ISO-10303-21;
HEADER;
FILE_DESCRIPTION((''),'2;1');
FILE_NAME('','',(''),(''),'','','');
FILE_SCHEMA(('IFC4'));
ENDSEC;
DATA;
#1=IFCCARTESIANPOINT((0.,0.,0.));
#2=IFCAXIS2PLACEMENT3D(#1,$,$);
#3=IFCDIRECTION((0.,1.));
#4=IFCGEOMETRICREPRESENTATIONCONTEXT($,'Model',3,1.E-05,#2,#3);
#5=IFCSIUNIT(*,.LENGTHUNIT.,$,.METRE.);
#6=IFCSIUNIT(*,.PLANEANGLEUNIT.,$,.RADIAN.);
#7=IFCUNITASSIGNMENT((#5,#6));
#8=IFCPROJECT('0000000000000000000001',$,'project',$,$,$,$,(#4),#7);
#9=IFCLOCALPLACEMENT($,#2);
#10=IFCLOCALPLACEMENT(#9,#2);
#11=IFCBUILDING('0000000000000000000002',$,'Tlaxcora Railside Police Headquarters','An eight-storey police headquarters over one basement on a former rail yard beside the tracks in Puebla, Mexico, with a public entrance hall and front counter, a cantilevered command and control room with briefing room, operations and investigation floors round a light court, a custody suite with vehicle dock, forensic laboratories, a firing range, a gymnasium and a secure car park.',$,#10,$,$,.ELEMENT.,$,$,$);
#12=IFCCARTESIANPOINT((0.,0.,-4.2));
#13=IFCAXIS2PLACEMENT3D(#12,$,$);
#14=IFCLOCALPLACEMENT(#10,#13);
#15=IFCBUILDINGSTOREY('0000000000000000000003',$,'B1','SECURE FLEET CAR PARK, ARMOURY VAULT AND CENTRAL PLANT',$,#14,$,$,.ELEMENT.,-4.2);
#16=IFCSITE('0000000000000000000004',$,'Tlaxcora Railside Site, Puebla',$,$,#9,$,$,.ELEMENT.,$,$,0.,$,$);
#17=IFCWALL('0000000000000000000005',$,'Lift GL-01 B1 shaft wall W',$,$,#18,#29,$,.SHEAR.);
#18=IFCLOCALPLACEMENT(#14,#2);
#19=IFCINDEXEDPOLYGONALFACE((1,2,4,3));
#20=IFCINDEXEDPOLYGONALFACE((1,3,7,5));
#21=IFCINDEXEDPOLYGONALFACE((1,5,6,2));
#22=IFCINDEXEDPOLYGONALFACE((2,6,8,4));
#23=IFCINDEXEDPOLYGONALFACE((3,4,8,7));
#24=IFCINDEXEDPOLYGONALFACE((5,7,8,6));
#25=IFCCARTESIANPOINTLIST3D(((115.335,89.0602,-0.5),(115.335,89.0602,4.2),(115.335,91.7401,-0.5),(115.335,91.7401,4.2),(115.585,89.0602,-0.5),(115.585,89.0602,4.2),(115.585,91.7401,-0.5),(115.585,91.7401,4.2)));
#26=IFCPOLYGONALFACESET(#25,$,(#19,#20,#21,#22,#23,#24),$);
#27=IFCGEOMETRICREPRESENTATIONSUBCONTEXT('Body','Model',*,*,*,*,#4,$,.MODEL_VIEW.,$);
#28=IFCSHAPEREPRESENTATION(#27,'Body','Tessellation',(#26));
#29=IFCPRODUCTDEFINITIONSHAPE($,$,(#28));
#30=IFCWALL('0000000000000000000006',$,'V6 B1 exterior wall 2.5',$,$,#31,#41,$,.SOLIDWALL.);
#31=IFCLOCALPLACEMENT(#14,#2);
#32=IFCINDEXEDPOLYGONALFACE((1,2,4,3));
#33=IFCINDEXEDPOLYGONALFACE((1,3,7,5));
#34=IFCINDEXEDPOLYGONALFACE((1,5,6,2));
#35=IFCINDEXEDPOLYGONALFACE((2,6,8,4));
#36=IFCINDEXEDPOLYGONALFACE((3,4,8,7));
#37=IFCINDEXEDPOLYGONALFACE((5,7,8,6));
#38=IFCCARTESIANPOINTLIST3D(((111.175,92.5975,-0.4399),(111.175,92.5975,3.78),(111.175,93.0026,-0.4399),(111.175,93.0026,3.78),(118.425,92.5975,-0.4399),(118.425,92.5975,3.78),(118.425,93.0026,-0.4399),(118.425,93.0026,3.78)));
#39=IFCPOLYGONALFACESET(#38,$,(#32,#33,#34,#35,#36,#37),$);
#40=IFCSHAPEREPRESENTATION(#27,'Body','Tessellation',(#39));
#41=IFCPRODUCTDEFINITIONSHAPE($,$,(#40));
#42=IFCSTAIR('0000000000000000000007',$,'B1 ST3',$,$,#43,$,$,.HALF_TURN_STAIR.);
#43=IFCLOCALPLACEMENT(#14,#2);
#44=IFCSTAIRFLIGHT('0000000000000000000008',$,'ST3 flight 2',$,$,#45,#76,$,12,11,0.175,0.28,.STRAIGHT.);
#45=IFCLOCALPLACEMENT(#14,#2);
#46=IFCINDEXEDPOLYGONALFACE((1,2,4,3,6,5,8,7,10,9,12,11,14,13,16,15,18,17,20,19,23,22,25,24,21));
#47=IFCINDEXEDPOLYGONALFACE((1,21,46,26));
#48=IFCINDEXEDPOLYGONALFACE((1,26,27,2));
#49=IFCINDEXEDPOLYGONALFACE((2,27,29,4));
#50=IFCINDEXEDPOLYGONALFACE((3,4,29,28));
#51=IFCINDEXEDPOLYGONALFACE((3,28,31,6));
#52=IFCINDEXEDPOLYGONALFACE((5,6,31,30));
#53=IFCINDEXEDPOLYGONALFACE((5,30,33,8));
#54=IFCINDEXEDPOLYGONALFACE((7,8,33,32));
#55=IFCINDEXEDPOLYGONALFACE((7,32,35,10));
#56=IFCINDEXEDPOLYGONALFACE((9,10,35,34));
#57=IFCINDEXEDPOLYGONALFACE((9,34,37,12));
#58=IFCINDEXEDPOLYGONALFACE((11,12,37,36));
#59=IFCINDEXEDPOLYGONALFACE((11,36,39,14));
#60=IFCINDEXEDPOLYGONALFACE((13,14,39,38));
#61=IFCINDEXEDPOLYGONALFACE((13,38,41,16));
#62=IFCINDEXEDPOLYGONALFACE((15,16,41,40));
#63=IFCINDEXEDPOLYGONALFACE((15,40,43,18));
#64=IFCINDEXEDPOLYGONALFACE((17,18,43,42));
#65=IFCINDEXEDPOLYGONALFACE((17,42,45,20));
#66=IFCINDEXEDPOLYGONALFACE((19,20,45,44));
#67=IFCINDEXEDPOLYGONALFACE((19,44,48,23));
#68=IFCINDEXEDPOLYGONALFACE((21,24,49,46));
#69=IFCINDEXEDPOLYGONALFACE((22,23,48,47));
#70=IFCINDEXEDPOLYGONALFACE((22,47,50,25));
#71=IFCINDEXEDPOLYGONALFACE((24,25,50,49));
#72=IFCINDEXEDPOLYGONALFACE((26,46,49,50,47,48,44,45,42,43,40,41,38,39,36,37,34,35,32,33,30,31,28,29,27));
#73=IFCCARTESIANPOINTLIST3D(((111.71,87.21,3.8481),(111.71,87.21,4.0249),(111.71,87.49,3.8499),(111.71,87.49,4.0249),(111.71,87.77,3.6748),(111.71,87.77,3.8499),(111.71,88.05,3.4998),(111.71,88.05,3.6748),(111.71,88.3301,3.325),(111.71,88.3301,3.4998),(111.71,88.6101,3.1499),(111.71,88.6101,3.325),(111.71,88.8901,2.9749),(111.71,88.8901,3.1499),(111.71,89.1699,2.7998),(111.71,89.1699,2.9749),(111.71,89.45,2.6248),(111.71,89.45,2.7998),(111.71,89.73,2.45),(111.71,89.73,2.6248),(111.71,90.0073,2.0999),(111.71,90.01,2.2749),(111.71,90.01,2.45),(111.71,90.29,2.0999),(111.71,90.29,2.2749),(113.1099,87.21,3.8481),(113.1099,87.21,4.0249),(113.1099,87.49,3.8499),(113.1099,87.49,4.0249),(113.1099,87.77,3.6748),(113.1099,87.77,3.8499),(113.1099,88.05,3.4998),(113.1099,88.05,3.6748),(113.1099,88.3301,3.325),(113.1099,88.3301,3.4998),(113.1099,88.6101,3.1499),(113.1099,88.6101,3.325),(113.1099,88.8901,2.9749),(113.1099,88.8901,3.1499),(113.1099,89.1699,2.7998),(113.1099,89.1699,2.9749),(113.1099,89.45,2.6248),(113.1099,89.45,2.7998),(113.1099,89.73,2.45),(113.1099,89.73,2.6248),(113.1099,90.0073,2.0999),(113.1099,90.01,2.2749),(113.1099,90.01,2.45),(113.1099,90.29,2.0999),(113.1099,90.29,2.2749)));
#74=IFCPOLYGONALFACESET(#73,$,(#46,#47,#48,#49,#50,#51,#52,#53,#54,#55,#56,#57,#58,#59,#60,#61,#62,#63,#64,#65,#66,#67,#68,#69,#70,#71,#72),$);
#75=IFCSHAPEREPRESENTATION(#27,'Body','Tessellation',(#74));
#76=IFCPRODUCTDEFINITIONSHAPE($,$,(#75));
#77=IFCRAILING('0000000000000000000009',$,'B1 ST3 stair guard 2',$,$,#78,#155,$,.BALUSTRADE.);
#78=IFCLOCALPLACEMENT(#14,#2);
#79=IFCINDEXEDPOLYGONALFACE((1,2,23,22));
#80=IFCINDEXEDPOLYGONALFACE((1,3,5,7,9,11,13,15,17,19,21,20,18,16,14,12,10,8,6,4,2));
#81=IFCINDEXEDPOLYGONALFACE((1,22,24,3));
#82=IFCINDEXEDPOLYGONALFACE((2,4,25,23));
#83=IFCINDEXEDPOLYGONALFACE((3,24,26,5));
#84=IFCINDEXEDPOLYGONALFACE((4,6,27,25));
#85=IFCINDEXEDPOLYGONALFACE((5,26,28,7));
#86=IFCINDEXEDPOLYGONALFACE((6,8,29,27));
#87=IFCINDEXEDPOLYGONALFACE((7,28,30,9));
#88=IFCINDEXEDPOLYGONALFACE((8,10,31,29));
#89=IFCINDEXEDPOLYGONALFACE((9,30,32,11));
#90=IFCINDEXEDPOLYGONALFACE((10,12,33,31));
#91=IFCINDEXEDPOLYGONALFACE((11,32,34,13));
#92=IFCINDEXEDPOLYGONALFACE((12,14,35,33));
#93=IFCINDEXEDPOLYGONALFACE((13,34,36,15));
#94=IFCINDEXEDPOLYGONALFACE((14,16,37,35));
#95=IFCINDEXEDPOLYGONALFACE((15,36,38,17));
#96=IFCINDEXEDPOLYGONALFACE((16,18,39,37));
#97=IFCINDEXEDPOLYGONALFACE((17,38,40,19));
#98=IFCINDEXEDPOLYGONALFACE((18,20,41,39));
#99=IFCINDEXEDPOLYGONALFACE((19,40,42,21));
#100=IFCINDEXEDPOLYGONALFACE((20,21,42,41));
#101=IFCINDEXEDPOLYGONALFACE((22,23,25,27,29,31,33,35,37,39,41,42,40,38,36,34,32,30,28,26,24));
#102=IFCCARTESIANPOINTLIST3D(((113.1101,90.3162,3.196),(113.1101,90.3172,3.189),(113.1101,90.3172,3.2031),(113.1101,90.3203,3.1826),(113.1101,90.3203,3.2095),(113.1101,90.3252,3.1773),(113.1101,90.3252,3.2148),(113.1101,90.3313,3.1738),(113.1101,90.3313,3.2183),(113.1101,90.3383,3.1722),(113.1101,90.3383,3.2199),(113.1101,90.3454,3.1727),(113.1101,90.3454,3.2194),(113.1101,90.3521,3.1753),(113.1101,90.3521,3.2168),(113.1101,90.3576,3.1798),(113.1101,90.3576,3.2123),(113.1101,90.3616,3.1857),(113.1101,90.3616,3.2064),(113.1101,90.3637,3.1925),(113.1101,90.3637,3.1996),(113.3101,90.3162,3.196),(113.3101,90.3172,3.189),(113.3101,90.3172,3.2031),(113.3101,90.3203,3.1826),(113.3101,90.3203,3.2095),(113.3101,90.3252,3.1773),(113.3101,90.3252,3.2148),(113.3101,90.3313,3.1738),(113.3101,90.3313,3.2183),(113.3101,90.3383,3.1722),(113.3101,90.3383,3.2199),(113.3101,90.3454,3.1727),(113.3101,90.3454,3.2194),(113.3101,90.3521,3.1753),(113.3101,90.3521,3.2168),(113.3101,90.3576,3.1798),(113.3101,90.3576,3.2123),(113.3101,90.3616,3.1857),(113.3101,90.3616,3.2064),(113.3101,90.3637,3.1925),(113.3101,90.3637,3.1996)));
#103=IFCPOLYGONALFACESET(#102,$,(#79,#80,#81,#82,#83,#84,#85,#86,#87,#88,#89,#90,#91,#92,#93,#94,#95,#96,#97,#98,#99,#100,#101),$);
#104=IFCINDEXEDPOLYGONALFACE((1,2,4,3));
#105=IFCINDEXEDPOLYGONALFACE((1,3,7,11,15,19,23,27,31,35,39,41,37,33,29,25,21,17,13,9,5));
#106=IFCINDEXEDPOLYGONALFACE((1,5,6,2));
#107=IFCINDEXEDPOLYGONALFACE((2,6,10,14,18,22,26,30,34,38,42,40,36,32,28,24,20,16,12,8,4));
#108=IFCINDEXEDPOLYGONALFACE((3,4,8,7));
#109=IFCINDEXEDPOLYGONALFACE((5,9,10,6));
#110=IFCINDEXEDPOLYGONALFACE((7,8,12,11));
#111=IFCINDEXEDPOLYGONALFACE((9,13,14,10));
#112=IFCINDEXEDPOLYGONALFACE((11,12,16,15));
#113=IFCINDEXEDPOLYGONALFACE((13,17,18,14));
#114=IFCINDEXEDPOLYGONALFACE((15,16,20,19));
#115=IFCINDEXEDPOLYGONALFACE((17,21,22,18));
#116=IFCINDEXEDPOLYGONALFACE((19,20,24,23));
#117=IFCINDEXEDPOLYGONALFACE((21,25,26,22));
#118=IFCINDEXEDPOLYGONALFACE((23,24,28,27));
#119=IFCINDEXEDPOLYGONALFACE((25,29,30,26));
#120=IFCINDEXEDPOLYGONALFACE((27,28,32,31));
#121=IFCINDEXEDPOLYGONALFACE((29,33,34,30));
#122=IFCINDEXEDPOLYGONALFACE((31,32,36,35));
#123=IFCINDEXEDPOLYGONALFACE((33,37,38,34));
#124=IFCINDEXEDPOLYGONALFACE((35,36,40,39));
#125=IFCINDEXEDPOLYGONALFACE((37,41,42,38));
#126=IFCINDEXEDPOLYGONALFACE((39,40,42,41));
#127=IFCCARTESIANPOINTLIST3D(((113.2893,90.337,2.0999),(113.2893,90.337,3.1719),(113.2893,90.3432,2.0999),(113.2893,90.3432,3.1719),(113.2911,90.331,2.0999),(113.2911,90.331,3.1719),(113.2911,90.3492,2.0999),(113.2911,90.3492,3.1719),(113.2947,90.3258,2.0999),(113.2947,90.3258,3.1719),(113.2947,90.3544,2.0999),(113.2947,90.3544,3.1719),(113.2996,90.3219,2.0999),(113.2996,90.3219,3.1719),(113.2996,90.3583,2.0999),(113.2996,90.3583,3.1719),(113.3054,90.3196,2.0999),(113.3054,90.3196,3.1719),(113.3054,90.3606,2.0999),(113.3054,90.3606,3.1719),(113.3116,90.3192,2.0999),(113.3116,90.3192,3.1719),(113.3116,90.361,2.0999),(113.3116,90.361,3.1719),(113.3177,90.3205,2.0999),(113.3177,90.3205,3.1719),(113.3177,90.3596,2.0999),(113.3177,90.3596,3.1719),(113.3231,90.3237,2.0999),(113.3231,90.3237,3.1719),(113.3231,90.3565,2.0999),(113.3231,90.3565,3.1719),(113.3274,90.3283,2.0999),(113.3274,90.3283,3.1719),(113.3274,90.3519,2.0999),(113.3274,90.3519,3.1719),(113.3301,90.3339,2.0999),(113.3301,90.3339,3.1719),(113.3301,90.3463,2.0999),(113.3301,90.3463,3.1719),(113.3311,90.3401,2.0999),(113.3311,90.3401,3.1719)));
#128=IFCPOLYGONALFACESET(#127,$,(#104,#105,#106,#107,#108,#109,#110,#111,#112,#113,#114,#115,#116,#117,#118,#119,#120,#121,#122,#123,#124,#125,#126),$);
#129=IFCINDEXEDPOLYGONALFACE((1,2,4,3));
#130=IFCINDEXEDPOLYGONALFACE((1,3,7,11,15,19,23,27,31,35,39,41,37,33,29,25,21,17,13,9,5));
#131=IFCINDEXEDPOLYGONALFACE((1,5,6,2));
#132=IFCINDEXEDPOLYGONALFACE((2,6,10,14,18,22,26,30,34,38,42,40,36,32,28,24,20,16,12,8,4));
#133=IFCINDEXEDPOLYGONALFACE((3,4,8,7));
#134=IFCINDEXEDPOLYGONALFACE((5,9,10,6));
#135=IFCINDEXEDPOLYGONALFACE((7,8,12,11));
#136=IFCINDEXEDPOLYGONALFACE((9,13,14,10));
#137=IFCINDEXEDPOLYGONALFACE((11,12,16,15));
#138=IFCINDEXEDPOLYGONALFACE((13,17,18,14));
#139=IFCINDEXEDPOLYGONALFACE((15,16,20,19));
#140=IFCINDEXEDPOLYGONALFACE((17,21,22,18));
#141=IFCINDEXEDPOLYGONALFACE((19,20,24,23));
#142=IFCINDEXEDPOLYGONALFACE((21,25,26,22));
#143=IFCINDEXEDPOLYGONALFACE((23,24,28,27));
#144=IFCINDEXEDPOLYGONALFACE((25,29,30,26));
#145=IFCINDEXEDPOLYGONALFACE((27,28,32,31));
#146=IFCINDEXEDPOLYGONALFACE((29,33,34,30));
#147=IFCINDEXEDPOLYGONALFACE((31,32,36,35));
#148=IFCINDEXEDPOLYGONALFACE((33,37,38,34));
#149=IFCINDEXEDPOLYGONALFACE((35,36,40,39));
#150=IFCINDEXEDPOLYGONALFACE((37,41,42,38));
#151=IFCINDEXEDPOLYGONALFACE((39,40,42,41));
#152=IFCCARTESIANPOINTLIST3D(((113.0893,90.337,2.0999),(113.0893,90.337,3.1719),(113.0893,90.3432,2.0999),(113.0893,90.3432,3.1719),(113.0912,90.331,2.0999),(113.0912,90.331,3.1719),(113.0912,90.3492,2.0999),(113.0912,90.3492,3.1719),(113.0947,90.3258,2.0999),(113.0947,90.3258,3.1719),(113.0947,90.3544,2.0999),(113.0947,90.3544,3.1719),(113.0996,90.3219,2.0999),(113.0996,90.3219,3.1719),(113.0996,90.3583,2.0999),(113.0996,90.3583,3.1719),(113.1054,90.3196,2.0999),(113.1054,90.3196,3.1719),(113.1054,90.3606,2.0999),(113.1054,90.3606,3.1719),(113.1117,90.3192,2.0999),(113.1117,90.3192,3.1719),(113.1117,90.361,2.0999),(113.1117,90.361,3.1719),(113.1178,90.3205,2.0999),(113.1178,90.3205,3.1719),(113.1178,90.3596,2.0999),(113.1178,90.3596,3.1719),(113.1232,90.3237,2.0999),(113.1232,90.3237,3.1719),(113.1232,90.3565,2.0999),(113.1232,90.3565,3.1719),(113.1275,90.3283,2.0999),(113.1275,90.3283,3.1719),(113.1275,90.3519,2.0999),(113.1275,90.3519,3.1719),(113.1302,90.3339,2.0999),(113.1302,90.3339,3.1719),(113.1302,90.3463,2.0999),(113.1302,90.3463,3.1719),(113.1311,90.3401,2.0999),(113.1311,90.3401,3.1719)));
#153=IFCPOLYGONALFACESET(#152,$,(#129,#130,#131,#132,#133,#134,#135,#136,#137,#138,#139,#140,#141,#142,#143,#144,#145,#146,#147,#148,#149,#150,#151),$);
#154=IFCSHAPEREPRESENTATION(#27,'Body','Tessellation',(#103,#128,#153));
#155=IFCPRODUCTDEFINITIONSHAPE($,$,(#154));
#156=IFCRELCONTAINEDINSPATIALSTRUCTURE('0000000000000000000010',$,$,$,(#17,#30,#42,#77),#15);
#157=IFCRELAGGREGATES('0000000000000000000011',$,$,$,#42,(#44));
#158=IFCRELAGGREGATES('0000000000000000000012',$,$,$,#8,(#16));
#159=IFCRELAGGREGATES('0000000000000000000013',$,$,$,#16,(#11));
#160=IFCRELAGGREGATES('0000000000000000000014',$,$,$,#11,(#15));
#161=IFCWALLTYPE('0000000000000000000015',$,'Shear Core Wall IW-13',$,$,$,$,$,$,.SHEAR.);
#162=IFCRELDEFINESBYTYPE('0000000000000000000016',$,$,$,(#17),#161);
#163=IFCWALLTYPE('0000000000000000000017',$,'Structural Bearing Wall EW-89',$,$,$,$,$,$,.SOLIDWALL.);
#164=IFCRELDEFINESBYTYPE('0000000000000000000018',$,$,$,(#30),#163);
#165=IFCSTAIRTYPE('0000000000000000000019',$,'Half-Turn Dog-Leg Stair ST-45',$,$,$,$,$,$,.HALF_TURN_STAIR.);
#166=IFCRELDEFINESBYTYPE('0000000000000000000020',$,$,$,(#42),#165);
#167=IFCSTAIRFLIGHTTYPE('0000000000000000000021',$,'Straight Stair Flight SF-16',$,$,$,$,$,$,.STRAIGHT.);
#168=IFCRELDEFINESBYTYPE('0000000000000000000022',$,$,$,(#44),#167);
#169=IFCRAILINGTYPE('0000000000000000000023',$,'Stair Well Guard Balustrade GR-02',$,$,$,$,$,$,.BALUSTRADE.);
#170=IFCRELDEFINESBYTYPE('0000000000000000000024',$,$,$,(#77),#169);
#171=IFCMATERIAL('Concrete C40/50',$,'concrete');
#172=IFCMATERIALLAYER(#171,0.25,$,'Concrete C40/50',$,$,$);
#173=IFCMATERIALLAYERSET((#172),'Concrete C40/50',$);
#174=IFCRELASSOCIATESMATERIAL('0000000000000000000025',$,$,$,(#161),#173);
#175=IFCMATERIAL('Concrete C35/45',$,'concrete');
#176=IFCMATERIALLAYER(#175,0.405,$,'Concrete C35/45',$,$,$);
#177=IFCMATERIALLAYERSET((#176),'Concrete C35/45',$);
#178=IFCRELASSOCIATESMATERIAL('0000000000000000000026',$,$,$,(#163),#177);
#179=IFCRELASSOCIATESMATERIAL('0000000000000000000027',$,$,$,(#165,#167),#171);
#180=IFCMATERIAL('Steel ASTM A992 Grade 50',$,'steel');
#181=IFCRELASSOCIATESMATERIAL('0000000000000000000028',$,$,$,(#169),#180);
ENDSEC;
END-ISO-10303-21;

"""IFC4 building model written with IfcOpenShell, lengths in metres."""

from ifc_helpers import new_model, si_unit, direction, frame, frame_2d, origin, origin_2d, place, context, subcontext, project, spatial, polyline, rectangle, circle, outline, extrude, material, layer, layer_set, type_object, element, aggregate, save


model = new_model("IFC4")

# Units and contexts
model_context = context("Model", 3, precision=1e-05, world=origin(), true_north=direction((0.0, 1.0)))
body_context = subcontext(model_context, "Body", "Model", "MODEL_VIEW")
ifc_project = project(units=[si_unit("LENGTHUNIT", "METRE"), si_unit("PLANEANGLEUNIT", "RADIAN")], contexts=[model_context])

# Site, building, storey
site_placement = place(None, origin())
site = spatial("IfcSite", under=ifc_project, at=site_placement, Name="Tlaxcora Railside Site, Puebla", CompositionType="ELEMENT", RefElevation=0.0)
building_placement = place(site_placement, origin())
building = spatial("IfcBuilding", under=site, at=building_placement, Name="Tlaxcora Railside Police Headquarters", Description="An eight-storey police headquarters over one basement on a former rail yard beside the tracks in Puebla, Mexico, with a public entrance hall and front counter, a cantilevered command and control room with briefing room, operations and investigation floors round a light court, a custody suite with vehicle dock, forensic laboratories, a firing range, a gymnasium and a secure car park.", CompositionType="ELEMENT")
storey_placement = place(building_placement, frame((0.0, 0.0, -4.2)))
storey = spatial("IfcBuildingStorey", under=building, at=storey_placement, Name="B1", Description="SECURE FLEET CAR PARK, ARMOURY VAULT AND CENTRAL PLANT", CompositionType="ELEMENT", Elevation=-4.2)

# Shared definitions
ifc_material_1 = material(Name="Concrete C35/45", Category="concrete")

# Shared definitions
ifc_material_2 = material(Name="Concrete C40/50", Category="concrete")

# Shared definitions
ifc_layer_1 = layer(ifc_material_2, 0.25, Name="Concrete C40/50")
ifc_layer_set_1 = layer_set([ifc_layer_1], Name="Concrete C40/50")
wall_type_1 = type_object("IfcWallType", Name="Shear Core Wall IW-13", PredefinedType="SHEAR", material=ifc_layer_set_1)
ifc_material_3 = material(Name="Steel ASTM A992 Grade 50", Category="steel")

# Walls
wall_1_placement = place(storey_placement, frame((115.46, 91.74, -0.5), z_axis=(0.0, 0.0, 1.0), x_axis=(0.0, -1.0, 0.0)))
element("IfcWall", 1, at=wall_1_placement, inside=storey, type_object=wall_type_1, Name="Lift GL-01 B1 shaft wall W", PredefinedType="SHEAR", context=body_context, shape_type="SweptSolid", body=[
    extrude(rectangle(XDim=2.6799, YDim=0.25, at=frame_2d((1.3398, 0.0))), origin(), (0.0, 0.0, 1.0), 4.7),
])
ifc_layer_2 = layer(ifc_material_1, 0.405, Name="Concrete C35/45")
ifc_layer_set_2 = layer_set([ifc_layer_2], Name="Concrete C35/45")
wall_type_2 = type_object("IfcWallType", Name="Structural Bearing Wall EW-89", PredefinedType="SOLIDWALL", material=ifc_layer_set_2)
wall_2_placement = place(storey_placement, frame((118.425, 92.8, -0.4399), z_axis=(0.0, 0.0, 1.0), x_axis=(-1.0, 0.0, 0.0)))
element("IfcWall", 2, at=wall_2_placement, inside=storey, type_object=wall_type_2, Name="V6 B1 exterior wall 2.5", PredefinedType="SOLIDWALL", context=body_context, shape_type="SweptSolid", body=[
    extrude(rectangle(XDim=7.25, YDim=0.405, at=frame_2d((3.625, 0.0))), origin(), (0.0, 0.0, 1.0), 4.22),
])

# Stair, stair flight
stair_type = type_object("IfcStairType", Name="Half-Turn Dog-Leg Stair ST-45", PredefinedType="HALF_TURN_STAIR", material=ifc_material_2)
stair_placement = place(storey_placement, origin())
stair = element("IfcStair", 3, at=stair_placement, inside=storey, type_object=stair_type, Name="B1 ST3", PredefinedType="HALF_TURN_STAIR")
stair_flight_type = type_object("IfcStairFlightType", Name="Straight Stair Flight SF-16", PredefinedType="STRAIGHT", material=ifc_material_2)
stair_flight_placement = place(storey_placement, frame((112.4099, 90.29, 2.0999), z_axis=(0.0, 0.0, 1.0), x_axis=(0.0, -1.0, 0.0)))
stair_flight = element("IfcStairFlight", 4, at=stair_flight_placement, type_object=stair_flight_type, Name="ST3 flight 2", NumberOfRisers=12, NumberOfTreads=11, PredefinedType="STRAIGHT", RiserHeight=0.175, TreadLength=0.28, context=body_context, shape_type="SweptSolid", body=[
    extrude(outline(polyline([(0.0, 0.0), (0.0, 0.175), (0.28, 0.175), (0.28, 0.3501), (0.5601, 0.3501), (0.5601, 0.5249), (0.8401, 0.5249), (0.8401, 0.7), (1.1201, 0.7), (1.1201, 0.875), (1.3999, 0.875), (1.3999, 1.05), (1.6799, 1.05), (1.6799, 1.2251), (1.96, 1.2251), (1.96, 1.3999), (2.24, 1.3999), (2.24, 1.575), (2.52, 1.575), (2.52, 1.75), (2.8, 1.75), (2.8, 1.925), (3.0801, 1.925), (3.0801, 2.1001), (3.0801, 1.7483), (0.2827, 0.0), (0.0, 0.0)])), frame((0.0, 0.7, 0.0), z_axis=(0.0, -1.0, 0.0), x_axis=(1.0, 0.0, 0.0)), (0.0, 0.0, 1.0), 1.3999),
])
aggregate(stair, [stair_flight])

# Railing
railing_type_1 = type_object("IfcRailingType", Name="Stair Well Guard Balustrade GR-02", PredefinedType="BALUSTRADE", material=ifc_material_3)
railing_1_placement = place(storey_placement, frame((113.3101, 90.3401, 2.0999)))
element("IfcRailing", 5, at=railing_1_placement, inside=storey, type_object=railing_type_1, Name="B1 ST3 stair guard 2", PredefinedType="BALUSTRADE", context=body_context, shape_type="SweptSolid", body=[
    extrude(circle(Radius=0.0239, at=origin_2d()), frame((0.0, 0.0, 1.0962), z_axis=(-1.0, 0.0, 0.0), x_axis=(0.0, -1.0, 0.0)), (0.0, 0.0, 1.0), 0.2),
    extrude(circle(Radius=0.021, at=origin_2d()), origin(), (0.0, 0.0, 1.0), 1.072),
    extrude(circle(Radius=0.021, at=origin_2d()), frame((-0.2, 0.0, 0.0)), (0.0, 0.0, 1.0), 1.072),
])

save(model, "model.ifc")
